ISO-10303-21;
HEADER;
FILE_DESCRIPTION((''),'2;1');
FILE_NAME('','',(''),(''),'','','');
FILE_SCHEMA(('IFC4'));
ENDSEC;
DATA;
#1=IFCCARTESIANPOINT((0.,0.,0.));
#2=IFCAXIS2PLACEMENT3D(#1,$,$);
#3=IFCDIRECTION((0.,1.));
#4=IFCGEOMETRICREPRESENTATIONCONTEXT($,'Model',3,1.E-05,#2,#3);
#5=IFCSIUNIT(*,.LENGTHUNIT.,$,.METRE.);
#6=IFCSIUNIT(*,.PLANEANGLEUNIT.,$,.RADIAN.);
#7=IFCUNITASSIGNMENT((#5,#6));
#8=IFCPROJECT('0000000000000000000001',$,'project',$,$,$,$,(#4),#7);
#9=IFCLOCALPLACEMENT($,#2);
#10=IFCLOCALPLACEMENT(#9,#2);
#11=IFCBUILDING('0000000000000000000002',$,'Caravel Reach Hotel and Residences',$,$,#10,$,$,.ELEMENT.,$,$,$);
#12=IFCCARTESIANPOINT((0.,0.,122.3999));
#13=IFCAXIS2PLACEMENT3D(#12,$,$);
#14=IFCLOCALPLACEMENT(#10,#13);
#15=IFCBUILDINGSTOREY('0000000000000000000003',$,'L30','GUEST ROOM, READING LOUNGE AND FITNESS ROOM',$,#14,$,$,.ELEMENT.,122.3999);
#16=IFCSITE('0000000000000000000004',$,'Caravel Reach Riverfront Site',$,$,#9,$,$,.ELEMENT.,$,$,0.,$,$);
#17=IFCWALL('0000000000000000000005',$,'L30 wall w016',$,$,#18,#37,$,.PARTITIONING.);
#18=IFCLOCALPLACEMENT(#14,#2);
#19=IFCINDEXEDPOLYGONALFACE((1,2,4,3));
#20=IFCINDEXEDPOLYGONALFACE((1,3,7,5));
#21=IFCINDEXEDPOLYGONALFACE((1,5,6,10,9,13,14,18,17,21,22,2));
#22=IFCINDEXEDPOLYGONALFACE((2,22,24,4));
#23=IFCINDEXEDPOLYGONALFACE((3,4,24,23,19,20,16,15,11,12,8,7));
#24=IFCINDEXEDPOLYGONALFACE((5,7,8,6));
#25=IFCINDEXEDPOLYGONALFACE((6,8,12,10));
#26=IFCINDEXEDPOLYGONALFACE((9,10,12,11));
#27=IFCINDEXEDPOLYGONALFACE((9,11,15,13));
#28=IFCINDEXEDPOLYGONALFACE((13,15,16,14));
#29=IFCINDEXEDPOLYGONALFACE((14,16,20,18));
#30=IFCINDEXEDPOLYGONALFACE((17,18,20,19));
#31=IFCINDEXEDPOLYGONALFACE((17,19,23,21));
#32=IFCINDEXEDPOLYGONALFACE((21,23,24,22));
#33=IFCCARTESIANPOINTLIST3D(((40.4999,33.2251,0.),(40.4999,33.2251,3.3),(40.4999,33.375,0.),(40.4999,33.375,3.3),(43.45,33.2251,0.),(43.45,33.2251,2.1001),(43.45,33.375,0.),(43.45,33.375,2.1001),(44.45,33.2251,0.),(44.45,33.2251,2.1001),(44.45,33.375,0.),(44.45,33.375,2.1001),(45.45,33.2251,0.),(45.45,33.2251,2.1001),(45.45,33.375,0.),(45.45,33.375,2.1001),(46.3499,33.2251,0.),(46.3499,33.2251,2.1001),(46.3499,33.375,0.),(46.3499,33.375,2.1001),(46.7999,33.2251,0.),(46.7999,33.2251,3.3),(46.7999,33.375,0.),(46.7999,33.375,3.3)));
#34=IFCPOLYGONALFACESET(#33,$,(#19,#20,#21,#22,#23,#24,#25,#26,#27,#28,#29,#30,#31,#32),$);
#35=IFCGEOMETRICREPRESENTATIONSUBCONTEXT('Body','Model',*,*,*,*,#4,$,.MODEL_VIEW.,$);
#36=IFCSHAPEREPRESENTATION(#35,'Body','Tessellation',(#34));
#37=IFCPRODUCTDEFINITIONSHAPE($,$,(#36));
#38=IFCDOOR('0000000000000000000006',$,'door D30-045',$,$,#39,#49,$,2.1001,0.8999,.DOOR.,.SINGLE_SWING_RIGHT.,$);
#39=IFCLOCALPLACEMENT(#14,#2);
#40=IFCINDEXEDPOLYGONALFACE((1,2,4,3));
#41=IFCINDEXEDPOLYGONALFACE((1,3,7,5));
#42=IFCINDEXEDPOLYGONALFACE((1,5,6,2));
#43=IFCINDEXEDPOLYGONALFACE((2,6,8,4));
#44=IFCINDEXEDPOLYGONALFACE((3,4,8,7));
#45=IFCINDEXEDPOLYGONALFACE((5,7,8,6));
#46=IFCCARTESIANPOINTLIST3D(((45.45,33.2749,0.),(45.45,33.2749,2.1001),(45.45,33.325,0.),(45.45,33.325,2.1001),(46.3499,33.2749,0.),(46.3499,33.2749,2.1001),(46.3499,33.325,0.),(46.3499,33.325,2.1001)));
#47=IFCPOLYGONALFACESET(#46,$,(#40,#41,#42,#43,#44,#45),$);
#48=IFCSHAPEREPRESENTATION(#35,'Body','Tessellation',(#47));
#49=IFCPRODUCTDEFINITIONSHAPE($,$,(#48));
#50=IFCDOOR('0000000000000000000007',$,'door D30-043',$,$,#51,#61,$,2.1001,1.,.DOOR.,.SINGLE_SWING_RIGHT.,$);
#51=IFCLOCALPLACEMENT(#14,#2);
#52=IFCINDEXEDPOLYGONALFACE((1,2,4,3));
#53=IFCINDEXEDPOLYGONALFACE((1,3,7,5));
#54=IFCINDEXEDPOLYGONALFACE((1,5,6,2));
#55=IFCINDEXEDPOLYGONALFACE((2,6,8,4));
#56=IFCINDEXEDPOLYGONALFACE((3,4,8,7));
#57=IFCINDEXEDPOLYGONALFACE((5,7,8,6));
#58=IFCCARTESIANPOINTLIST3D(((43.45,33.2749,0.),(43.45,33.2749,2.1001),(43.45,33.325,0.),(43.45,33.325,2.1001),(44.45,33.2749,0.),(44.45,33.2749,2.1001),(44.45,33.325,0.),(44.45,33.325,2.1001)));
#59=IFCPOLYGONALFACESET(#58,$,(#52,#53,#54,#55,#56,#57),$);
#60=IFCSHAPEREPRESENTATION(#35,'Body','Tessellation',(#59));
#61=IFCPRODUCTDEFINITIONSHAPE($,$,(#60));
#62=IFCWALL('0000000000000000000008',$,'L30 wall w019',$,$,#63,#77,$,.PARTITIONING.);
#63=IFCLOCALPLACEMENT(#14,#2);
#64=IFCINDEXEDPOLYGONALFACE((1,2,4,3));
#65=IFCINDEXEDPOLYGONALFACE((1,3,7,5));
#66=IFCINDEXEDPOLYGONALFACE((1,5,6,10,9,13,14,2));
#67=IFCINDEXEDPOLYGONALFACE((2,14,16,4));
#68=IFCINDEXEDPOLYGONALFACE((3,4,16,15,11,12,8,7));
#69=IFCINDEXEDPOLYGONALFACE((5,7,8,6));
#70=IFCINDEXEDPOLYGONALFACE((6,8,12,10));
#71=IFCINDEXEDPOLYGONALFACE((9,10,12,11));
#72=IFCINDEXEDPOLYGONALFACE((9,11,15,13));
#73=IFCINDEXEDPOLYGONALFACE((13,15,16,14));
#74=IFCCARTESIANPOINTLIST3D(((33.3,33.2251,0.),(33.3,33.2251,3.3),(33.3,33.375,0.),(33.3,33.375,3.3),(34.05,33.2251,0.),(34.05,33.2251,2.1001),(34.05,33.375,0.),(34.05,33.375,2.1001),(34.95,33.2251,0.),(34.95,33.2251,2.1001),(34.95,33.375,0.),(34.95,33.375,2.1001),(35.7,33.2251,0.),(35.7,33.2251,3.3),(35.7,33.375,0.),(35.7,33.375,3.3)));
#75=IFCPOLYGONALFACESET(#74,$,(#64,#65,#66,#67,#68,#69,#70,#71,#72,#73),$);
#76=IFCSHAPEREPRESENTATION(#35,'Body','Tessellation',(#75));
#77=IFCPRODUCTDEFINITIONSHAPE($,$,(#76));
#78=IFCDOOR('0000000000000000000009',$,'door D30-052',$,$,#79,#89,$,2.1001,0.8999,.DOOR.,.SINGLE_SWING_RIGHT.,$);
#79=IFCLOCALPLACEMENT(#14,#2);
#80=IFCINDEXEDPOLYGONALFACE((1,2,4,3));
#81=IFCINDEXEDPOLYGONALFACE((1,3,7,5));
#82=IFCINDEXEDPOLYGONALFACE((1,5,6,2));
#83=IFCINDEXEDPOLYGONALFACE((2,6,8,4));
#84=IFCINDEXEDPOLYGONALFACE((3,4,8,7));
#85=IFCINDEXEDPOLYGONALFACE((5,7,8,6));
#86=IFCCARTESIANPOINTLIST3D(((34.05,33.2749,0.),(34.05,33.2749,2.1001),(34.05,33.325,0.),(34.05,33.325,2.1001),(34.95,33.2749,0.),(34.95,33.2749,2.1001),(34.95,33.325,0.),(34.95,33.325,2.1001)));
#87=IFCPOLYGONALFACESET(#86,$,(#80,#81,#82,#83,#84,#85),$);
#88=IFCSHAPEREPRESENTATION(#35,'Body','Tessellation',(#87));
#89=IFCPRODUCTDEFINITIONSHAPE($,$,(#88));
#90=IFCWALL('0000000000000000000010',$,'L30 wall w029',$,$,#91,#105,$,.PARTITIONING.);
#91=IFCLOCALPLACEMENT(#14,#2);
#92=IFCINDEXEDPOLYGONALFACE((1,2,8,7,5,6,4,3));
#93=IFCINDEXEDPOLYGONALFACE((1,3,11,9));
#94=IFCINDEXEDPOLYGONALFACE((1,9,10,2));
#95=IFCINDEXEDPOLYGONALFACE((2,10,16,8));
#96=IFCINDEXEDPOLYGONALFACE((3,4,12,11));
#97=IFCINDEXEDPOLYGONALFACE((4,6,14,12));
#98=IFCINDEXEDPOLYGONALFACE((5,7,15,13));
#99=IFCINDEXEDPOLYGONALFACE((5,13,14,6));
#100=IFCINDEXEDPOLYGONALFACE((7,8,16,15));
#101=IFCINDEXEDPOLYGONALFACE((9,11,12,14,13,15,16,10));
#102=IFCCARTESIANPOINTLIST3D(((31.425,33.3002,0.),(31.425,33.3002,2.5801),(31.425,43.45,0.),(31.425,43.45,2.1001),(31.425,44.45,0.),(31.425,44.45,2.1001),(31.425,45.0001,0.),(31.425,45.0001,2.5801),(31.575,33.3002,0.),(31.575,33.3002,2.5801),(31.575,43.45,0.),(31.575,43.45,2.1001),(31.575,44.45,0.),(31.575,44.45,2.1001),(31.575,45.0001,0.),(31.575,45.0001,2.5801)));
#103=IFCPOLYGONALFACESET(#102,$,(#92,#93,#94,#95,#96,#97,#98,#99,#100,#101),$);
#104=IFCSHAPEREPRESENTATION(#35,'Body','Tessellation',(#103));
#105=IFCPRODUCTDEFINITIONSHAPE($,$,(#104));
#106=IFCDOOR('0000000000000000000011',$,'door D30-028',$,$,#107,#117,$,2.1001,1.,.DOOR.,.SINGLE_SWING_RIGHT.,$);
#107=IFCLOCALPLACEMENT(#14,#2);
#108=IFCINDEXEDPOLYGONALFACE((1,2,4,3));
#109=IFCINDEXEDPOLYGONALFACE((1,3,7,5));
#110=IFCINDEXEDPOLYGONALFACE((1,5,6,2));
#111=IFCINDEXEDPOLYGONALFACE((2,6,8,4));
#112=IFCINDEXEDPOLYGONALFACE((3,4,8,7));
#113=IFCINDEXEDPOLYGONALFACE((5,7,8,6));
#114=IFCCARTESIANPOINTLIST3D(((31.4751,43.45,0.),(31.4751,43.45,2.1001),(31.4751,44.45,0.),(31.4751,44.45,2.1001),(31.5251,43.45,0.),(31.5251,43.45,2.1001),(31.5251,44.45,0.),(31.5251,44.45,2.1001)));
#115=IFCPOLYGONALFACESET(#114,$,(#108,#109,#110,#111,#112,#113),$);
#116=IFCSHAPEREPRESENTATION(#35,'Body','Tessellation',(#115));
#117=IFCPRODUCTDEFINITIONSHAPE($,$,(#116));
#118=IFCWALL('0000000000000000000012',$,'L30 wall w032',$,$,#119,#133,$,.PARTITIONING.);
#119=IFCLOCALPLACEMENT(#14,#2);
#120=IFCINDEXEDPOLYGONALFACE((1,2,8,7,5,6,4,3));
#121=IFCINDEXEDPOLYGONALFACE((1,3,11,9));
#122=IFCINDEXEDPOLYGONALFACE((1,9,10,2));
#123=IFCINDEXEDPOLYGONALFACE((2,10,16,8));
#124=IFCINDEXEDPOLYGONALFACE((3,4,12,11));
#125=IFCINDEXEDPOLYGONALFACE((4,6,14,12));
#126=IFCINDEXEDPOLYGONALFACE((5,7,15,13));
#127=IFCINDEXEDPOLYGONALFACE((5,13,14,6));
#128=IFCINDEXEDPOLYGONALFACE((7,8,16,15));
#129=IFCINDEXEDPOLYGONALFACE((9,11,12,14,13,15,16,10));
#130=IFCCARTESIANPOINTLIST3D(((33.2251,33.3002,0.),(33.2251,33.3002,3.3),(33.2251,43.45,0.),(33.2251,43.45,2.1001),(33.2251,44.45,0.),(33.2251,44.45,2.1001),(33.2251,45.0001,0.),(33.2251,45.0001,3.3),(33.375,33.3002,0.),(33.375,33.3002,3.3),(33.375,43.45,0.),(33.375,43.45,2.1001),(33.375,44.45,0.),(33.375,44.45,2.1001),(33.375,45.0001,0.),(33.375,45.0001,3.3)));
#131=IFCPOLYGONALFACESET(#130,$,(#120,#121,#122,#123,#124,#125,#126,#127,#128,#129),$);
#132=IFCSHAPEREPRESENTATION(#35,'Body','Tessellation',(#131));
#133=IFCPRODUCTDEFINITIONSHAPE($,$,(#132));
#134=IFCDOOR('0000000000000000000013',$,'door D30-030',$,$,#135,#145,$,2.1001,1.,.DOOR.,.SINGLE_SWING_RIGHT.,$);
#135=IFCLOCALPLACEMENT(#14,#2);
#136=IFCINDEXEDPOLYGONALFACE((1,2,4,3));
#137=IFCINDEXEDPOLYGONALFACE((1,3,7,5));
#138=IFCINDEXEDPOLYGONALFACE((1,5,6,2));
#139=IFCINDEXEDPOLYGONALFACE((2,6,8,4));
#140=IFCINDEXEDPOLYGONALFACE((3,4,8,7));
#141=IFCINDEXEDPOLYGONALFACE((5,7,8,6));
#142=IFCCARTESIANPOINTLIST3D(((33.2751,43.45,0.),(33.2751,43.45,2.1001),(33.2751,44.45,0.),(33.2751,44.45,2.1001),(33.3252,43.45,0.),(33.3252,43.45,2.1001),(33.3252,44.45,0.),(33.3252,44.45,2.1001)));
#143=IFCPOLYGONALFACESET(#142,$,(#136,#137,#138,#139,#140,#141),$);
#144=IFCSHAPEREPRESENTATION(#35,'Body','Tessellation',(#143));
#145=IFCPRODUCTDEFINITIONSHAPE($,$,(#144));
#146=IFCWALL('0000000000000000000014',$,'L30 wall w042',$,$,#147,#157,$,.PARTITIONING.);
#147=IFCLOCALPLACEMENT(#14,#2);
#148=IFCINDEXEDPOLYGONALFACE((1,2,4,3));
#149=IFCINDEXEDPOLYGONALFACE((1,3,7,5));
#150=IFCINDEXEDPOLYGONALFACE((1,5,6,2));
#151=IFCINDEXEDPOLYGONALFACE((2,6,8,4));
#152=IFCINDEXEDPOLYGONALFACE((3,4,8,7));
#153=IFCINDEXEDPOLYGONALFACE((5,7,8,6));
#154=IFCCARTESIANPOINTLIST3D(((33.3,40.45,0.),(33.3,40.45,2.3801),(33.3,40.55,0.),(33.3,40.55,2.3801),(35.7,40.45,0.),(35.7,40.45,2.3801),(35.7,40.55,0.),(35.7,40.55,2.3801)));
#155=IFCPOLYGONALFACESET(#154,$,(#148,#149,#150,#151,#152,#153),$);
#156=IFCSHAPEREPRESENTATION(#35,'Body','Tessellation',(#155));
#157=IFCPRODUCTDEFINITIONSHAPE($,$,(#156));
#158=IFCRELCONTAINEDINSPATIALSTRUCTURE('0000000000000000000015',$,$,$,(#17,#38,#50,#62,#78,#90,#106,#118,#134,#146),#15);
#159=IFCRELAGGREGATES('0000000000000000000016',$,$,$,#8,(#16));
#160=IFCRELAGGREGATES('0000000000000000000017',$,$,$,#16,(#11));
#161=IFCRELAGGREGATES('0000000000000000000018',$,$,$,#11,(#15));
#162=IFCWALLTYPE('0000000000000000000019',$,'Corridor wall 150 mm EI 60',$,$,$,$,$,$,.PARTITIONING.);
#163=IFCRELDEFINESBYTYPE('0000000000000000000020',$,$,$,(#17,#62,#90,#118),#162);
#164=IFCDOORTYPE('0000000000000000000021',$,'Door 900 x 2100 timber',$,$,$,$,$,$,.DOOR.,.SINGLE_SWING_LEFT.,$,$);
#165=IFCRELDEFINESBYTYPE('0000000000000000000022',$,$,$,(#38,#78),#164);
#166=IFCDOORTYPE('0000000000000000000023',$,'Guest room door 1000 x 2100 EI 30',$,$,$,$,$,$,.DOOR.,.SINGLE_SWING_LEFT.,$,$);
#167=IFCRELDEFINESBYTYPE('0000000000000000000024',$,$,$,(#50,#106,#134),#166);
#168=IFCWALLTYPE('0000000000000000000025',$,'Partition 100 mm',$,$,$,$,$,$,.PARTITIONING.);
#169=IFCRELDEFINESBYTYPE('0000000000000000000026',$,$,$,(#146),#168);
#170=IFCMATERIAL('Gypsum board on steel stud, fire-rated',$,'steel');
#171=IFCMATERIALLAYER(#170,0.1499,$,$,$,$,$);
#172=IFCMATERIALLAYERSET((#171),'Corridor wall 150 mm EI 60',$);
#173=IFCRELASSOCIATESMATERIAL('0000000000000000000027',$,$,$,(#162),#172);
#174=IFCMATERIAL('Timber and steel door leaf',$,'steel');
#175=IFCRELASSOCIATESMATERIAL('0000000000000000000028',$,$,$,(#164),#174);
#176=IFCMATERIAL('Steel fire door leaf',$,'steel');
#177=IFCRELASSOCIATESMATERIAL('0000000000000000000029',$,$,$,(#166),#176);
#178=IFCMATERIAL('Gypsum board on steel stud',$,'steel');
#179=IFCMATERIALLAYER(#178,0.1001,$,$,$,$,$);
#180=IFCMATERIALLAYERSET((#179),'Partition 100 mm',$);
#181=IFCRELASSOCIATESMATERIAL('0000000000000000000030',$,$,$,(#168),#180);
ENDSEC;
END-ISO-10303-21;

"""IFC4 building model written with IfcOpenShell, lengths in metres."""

from ifc_helpers import new_model, si_unit, direction, frame, frame_2d, origin, place, context, subcontext, project, spatial, rectangle, extrude, material, layer, layer_set, type_object, element, fill, save


model = new_model("IFC4")

# Units and contexts
model_context = context("Model", 3, precision=1e-05, world=origin(), true_north=direction((0.0, 1.0)))
body_context = subcontext(model_context, "Body", "Model", "MODEL_VIEW")
ifc_project = project(units=[si_unit("LENGTHUNIT", "METRE"), si_unit("PLANEANGLEUNIT", "RADIAN")], contexts=[model_context])

# Site, building, storey
site_placement = place(None, origin())
site = spatial("IfcSite", under=ifc_project, at=site_placement, Name="Caravel Reach Riverfront Site", CompositionType="ELEMENT", RefElevation=0.0)
building_placement = place(site_placement, origin())
building = spatial("IfcBuilding", under=site, at=building_placement, Name="Caravel Reach Hotel and Residences", CompositionType="ELEMENT")
storey_placement = place(building_placement, frame((0.0, 0.0, 122.3999)))
storey = spatial("IfcBuildingStorey", under=building, at=storey_placement, Name="L30", Description="GUEST ROOM, READING LOUNGE AND FITNESS ROOM", CompositionType="ELEMENT", Elevation=122.3999)

# Wall, openings, doors
ifc_material_1 = material(Name="Gypsum board on steel stud, fire-rated", Category="steel")
ifc_layer_1 = layer(ifc_material_1, 0.1499)
ifc_layer_set_1 = layer_set([ifc_layer_1], Name="Corridor wall 150 mm EI 60")
wall_type_1 = type_object("IfcWallType", Name="Corridor wall 150 mm EI 60", PredefinedType="PARTITIONING", material=ifc_layer_set_1)
wall_1_placement = place(storey_placement, frame((40.5, 33.3, 0.0), z_axis=(0.0, 0.0, 1.0), x_axis=(1.0, 0.0, 0.0)))
wall_1 = element("IfcWall", 1, at=wall_1_placement, inside=storey, type_object=wall_type_1, Name="L30 wall w016", PredefinedType="PARTITIONING", context=body_context, shape_type="SweptSolid", body=[
    extrude(rectangle(XDim=6.3, YDim=0.1499, at=frame_2d((3.1499, 0.0))), origin(), (0.0, 0.0, 1.0), 3.3),
])
opening_1_placement = place(wall_1_placement, frame((2.95, 0.0, 0.0)))
opening_1 = element("IfcOpeningElement", 2, at=opening_1_placement, cuts=wall_1, PredefinedType="OPENING", context=body_context, shape_type="SweptSolid", body=[
    extrude(rectangle(XDim=1.0, YDim=2.1001, at=frame_2d((0.5, 1.05))), frame((0.0, 0.085, 0.0), z_axis=(0.0, -1.0, 0.0), x_axis=(1.0, 0.0, 0.0)), (0.0, 0.0, 1.0), 0.1699),
])
opening_2_placement = place(wall_1_placement, frame((4.95, 0.0, 0.0)))
opening_2 = element("IfcOpeningElement", 3, at=opening_2_placement, cuts=wall_1, PredefinedType="OPENING", context=body_context, shape_type="SweptSolid", body=[
    extrude(rectangle(XDim=0.8999, YDim=2.1001, at=frame_2d((0.45, 1.05))), frame((0.0, 0.085, 0.0), z_axis=(0.0, -1.0, 0.0), x_axis=(1.0, 0.0, 0.0)), (0.0, 0.0, 1.0), 0.1699),
])
ifc_material_2 = material(Name="Timber and steel door leaf", Category="steel")
door_type_1 = type_object("IfcDoorType", Name="Door 900 x 2100 timber", OperationType="SINGLE_SWING_LEFT", PredefinedType="DOOR", material=ifc_material_2)
door_1_placement = place(opening_2_placement, origin())
door_1 = element("IfcDoor", 4, at=door_1_placement, inside=storey, type_object=door_type_1, Name="door D30-045", OperationType="SINGLE_SWING_RIGHT", OverallHeight=2.1001, OverallWidth=0.8999, PredefinedType="DOOR", context=body_context, shape_type="SweptSolid", body=[
    extrude(rectangle(XDim=0.8999, YDim=2.1001, at=frame_2d((0.45, 1.05))), frame((0.0, 0.0249, 0.0), z_axis=(0.0, -1.0, 0.0), x_axis=(1.0, 0.0, 0.0)), (0.0, 0.0, 1.0), 0.05),
])
fill(opening_2, door_1)
ifc_material_3 = material(Name="Steel fire door leaf", Category="steel")
door_type_2 = type_object("IfcDoorType", Name="Guest room door 1000 x 2100 EI 30", OperationType="SINGLE_SWING_LEFT", PredefinedType="DOOR", material=ifc_material_3)
door_2_placement = place(opening_1_placement, origin())
door_2 = element("IfcDoor", 5, at=door_2_placement, inside=storey, type_object=door_type_2, Name="door D30-043", OperationType="SINGLE_SWING_RIGHT", OverallHeight=2.1001, OverallWidth=1.0, PredefinedType="DOOR", context=body_context, shape_type="SweptSolid", body=[
    extrude(rectangle(XDim=1.0, YDim=2.1001, at=frame_2d((0.5, 1.05))), frame((0.0, 0.0249, 0.0), z_axis=(0.0, -1.0, 0.0), x_axis=(1.0, 0.0, 0.0)), (0.0, 0.0, 1.0), 0.05),
])
fill(opening_1, door_2)

# Walls, openings, doors
wall_2_placement = place(storey_placement, frame((33.3, 33.3, 0.0), z_axis=(0.0, 0.0, 1.0), x_axis=(1.0, 0.0, 0.0)))
wall_2 = element("IfcWall", 6, at=wall_2_placement, inside=storey, type_object=wall_type_1, Name="L30 wall w019", PredefinedType="PARTITIONING", context=body_context, shape_type="SweptSolid", body=[
    extrude(rectangle(XDim=2.3999, YDim=0.1499, at=frame_2d((1.2, 0.0))), origin(), (0.0, 0.0, 1.0), 3.3),
])
opening_3_placement = place(wall_2_placement, frame((0.75, 0.0, 0.0)))
opening_3 = element("IfcOpeningElement", 7, at=opening_3_placement, cuts=wall_2, PredefinedType="OPENING", context=body_context, shape_type="SweptSolid", body=[
    extrude(rectangle(XDim=0.8999, YDim=2.1001, at=frame_2d((0.45, 1.05))), frame((0.0, 0.085, 0.0), z_axis=(0.0, -1.0, 0.0), x_axis=(1.0, 0.0, 0.0)), (0.0, 0.0, 1.0), 0.1699),
])
door_3_placement = place(opening_3_placement, origin())
door_3 = element("IfcDoor", 8, at=door_3_placement, inside=storey, type_object=door_type_1, Name="door D30-052", OperationType="SINGLE_SWING_RIGHT", OverallHeight=2.1001, OverallWidth=0.8999, PredefinedType="DOOR", context=body_context, shape_type="SweptSolid", body=[
    extrude(rectangle(XDim=0.8999, YDim=2.1001, at=frame_2d((0.45, 1.05))), frame((0.0, 0.0249, 0.0), z_axis=(0.0, -1.0, 0.0), x_axis=(1.0, 0.0, 0.0)), (0.0, 0.0, 1.0), 0.05),
])
fill(opening_3, door_3)
wall_3_placement = place(storey_placement, frame((31.5, 33.3, 0.0), z_axis=(0.0, 0.0, 1.0), x_axis=(0.0, 1.0, 0.0)))
wall_3 = element("IfcWall", 9, at=wall_3_placement, inside=storey, type_object=wall_type_1, Name="L30 wall w029", PredefinedType="PARTITIONING", context=body_context, shape_type="SweptSolid", body=[
    extrude(rectangle(XDim=11.7, YDim=0.1499, at=frame_2d((5.8501, 0.0))), origin(), (0.0, 0.0, 1.0), 2.5801),
])
opening_4_placement = place(wall_3_placement, frame((10.1499, 0.0, 0.0)))
opening_4 = element("IfcOpeningElement", 10, at=opening_4_placement, cuts=wall_3, PredefinedType="OPENING", context=body_context, shape_type="SweptSolid", body=[
    extrude(rectangle(XDim=1.0, YDim=2.1001, at=frame_2d((0.5, 1.05))), frame((0.0, 0.085, 0.0), z_axis=(0.0, -1.0, 0.0), x_axis=(1.0, 0.0, 0.0)), (0.0, 0.0, 1.0), 0.1699),
])
door_4_placement = place(opening_4_placement, origin())
door_4 = element("IfcDoor", 11, at=door_4_placement, inside=storey, type_object=door_type_2, Name="door D30-028", OperationType="SINGLE_SWING_RIGHT", OverallHeight=2.1001, OverallWidth=1.0, PredefinedType="DOOR", context=body_context, shape_type="SweptSolid", body=[
    extrude(rectangle(XDim=1.0, YDim=2.1001, at=frame_2d((0.5, 1.05))), frame((0.0, 0.0249, 0.0), z_axis=(0.0, -1.0, 0.0), x_axis=(1.0, 0.0, 0.0)), (0.0, 0.0, 1.0), 0.05),
])
fill(opening_4, door_4)
wall_4_placement = place(storey_placement, frame((33.3, 33.3, 0.0), z_axis=(0.0, 0.0, 1.0), x_axis=(0.0, 1.0, 0.0)))
wall_4 = element("IfcWall", 12, at=wall_4_placement, inside=storey, type_object=wall_type_1, Name="L30 wall w032", PredefinedType="PARTITIONING", context=body_context, shape_type="SweptSolid", body=[
    extrude(rectangle(XDim=11.7, YDim=0.1499, at=frame_2d((5.8501, 0.0))), origin(), (0.0, 0.0, 1.0), 3.3),
])
opening_5_placement = place(wall_4_placement, frame((10.1499, 0.0, 0.0)))
opening_5 = element("IfcOpeningElement", 13, at=opening_5_placement, cuts=wall_4, PredefinedType="OPENING", context=body_context, shape_type="SweptSolid", body=[
    extrude(rectangle(XDim=1.0, YDim=2.1001, at=frame_2d((0.5, 1.05))), frame((0.0, 0.085, 0.0), z_axis=(0.0, -1.0, 0.0), x_axis=(1.0, 0.0, 0.0)), (0.0, 0.0, 1.0), 0.1699),
])
door_5_placement = place(opening_5_placement, origin())
door_5 = element("IfcDoor", 14, at=door_5_placement, inside=storey, type_object=door_type_2, Name="door D30-030", OperationType="SINGLE_SWING_RIGHT", OverallHeight=2.1001, OverallWidth=1.0, PredefinedType="DOOR", context=body_context, shape_type="SweptSolid", body=[
    extrude(rectangle(XDim=1.0, YDim=2.1001, at=frame_2d((0.5, 1.05))), frame((0.0, 0.0249, 0.0), z_axis=(0.0, -1.0, 0.0), x_axis=(1.0, 0.0, 0.0)), (0.0, 0.0, 1.0), 0.05),
])
fill(opening_5, door_5)

# Wall
ifc_material_4 = material(Name="Gypsum board on steel stud", Category="steel")
ifc_layer_2 = layer(ifc_material_4, 0.1001)
ifc_layer_set_2 = layer_set([ifc_layer_2], Name="Partition 100 mm")
wall_type_2 = type_object("IfcWallType", Name="Partition 100 mm", PredefinedType="PARTITIONING", material=ifc_layer_set_2)
wall_5_placement = place(storey_placement, frame((33.3, 40.5, 0.0), z_axis=(0.0, 0.0, 1.0), x_axis=(1.0, 0.0, 0.0)))
element("IfcWall", 15, at=wall_5_placement, inside=storey, type_object=wall_type_2, Name="L30 wall w042", PredefinedType="PARTITIONING", context=body_context, shape_type="SweptSolid", body=[
    extrude(rectangle(XDim=2.3999, YDim=0.1001, at=frame_2d((1.2, 0.0))), origin(), (0.0, 0.0, 1.0), 2.3801),
])

save(model, "model.ifc")
